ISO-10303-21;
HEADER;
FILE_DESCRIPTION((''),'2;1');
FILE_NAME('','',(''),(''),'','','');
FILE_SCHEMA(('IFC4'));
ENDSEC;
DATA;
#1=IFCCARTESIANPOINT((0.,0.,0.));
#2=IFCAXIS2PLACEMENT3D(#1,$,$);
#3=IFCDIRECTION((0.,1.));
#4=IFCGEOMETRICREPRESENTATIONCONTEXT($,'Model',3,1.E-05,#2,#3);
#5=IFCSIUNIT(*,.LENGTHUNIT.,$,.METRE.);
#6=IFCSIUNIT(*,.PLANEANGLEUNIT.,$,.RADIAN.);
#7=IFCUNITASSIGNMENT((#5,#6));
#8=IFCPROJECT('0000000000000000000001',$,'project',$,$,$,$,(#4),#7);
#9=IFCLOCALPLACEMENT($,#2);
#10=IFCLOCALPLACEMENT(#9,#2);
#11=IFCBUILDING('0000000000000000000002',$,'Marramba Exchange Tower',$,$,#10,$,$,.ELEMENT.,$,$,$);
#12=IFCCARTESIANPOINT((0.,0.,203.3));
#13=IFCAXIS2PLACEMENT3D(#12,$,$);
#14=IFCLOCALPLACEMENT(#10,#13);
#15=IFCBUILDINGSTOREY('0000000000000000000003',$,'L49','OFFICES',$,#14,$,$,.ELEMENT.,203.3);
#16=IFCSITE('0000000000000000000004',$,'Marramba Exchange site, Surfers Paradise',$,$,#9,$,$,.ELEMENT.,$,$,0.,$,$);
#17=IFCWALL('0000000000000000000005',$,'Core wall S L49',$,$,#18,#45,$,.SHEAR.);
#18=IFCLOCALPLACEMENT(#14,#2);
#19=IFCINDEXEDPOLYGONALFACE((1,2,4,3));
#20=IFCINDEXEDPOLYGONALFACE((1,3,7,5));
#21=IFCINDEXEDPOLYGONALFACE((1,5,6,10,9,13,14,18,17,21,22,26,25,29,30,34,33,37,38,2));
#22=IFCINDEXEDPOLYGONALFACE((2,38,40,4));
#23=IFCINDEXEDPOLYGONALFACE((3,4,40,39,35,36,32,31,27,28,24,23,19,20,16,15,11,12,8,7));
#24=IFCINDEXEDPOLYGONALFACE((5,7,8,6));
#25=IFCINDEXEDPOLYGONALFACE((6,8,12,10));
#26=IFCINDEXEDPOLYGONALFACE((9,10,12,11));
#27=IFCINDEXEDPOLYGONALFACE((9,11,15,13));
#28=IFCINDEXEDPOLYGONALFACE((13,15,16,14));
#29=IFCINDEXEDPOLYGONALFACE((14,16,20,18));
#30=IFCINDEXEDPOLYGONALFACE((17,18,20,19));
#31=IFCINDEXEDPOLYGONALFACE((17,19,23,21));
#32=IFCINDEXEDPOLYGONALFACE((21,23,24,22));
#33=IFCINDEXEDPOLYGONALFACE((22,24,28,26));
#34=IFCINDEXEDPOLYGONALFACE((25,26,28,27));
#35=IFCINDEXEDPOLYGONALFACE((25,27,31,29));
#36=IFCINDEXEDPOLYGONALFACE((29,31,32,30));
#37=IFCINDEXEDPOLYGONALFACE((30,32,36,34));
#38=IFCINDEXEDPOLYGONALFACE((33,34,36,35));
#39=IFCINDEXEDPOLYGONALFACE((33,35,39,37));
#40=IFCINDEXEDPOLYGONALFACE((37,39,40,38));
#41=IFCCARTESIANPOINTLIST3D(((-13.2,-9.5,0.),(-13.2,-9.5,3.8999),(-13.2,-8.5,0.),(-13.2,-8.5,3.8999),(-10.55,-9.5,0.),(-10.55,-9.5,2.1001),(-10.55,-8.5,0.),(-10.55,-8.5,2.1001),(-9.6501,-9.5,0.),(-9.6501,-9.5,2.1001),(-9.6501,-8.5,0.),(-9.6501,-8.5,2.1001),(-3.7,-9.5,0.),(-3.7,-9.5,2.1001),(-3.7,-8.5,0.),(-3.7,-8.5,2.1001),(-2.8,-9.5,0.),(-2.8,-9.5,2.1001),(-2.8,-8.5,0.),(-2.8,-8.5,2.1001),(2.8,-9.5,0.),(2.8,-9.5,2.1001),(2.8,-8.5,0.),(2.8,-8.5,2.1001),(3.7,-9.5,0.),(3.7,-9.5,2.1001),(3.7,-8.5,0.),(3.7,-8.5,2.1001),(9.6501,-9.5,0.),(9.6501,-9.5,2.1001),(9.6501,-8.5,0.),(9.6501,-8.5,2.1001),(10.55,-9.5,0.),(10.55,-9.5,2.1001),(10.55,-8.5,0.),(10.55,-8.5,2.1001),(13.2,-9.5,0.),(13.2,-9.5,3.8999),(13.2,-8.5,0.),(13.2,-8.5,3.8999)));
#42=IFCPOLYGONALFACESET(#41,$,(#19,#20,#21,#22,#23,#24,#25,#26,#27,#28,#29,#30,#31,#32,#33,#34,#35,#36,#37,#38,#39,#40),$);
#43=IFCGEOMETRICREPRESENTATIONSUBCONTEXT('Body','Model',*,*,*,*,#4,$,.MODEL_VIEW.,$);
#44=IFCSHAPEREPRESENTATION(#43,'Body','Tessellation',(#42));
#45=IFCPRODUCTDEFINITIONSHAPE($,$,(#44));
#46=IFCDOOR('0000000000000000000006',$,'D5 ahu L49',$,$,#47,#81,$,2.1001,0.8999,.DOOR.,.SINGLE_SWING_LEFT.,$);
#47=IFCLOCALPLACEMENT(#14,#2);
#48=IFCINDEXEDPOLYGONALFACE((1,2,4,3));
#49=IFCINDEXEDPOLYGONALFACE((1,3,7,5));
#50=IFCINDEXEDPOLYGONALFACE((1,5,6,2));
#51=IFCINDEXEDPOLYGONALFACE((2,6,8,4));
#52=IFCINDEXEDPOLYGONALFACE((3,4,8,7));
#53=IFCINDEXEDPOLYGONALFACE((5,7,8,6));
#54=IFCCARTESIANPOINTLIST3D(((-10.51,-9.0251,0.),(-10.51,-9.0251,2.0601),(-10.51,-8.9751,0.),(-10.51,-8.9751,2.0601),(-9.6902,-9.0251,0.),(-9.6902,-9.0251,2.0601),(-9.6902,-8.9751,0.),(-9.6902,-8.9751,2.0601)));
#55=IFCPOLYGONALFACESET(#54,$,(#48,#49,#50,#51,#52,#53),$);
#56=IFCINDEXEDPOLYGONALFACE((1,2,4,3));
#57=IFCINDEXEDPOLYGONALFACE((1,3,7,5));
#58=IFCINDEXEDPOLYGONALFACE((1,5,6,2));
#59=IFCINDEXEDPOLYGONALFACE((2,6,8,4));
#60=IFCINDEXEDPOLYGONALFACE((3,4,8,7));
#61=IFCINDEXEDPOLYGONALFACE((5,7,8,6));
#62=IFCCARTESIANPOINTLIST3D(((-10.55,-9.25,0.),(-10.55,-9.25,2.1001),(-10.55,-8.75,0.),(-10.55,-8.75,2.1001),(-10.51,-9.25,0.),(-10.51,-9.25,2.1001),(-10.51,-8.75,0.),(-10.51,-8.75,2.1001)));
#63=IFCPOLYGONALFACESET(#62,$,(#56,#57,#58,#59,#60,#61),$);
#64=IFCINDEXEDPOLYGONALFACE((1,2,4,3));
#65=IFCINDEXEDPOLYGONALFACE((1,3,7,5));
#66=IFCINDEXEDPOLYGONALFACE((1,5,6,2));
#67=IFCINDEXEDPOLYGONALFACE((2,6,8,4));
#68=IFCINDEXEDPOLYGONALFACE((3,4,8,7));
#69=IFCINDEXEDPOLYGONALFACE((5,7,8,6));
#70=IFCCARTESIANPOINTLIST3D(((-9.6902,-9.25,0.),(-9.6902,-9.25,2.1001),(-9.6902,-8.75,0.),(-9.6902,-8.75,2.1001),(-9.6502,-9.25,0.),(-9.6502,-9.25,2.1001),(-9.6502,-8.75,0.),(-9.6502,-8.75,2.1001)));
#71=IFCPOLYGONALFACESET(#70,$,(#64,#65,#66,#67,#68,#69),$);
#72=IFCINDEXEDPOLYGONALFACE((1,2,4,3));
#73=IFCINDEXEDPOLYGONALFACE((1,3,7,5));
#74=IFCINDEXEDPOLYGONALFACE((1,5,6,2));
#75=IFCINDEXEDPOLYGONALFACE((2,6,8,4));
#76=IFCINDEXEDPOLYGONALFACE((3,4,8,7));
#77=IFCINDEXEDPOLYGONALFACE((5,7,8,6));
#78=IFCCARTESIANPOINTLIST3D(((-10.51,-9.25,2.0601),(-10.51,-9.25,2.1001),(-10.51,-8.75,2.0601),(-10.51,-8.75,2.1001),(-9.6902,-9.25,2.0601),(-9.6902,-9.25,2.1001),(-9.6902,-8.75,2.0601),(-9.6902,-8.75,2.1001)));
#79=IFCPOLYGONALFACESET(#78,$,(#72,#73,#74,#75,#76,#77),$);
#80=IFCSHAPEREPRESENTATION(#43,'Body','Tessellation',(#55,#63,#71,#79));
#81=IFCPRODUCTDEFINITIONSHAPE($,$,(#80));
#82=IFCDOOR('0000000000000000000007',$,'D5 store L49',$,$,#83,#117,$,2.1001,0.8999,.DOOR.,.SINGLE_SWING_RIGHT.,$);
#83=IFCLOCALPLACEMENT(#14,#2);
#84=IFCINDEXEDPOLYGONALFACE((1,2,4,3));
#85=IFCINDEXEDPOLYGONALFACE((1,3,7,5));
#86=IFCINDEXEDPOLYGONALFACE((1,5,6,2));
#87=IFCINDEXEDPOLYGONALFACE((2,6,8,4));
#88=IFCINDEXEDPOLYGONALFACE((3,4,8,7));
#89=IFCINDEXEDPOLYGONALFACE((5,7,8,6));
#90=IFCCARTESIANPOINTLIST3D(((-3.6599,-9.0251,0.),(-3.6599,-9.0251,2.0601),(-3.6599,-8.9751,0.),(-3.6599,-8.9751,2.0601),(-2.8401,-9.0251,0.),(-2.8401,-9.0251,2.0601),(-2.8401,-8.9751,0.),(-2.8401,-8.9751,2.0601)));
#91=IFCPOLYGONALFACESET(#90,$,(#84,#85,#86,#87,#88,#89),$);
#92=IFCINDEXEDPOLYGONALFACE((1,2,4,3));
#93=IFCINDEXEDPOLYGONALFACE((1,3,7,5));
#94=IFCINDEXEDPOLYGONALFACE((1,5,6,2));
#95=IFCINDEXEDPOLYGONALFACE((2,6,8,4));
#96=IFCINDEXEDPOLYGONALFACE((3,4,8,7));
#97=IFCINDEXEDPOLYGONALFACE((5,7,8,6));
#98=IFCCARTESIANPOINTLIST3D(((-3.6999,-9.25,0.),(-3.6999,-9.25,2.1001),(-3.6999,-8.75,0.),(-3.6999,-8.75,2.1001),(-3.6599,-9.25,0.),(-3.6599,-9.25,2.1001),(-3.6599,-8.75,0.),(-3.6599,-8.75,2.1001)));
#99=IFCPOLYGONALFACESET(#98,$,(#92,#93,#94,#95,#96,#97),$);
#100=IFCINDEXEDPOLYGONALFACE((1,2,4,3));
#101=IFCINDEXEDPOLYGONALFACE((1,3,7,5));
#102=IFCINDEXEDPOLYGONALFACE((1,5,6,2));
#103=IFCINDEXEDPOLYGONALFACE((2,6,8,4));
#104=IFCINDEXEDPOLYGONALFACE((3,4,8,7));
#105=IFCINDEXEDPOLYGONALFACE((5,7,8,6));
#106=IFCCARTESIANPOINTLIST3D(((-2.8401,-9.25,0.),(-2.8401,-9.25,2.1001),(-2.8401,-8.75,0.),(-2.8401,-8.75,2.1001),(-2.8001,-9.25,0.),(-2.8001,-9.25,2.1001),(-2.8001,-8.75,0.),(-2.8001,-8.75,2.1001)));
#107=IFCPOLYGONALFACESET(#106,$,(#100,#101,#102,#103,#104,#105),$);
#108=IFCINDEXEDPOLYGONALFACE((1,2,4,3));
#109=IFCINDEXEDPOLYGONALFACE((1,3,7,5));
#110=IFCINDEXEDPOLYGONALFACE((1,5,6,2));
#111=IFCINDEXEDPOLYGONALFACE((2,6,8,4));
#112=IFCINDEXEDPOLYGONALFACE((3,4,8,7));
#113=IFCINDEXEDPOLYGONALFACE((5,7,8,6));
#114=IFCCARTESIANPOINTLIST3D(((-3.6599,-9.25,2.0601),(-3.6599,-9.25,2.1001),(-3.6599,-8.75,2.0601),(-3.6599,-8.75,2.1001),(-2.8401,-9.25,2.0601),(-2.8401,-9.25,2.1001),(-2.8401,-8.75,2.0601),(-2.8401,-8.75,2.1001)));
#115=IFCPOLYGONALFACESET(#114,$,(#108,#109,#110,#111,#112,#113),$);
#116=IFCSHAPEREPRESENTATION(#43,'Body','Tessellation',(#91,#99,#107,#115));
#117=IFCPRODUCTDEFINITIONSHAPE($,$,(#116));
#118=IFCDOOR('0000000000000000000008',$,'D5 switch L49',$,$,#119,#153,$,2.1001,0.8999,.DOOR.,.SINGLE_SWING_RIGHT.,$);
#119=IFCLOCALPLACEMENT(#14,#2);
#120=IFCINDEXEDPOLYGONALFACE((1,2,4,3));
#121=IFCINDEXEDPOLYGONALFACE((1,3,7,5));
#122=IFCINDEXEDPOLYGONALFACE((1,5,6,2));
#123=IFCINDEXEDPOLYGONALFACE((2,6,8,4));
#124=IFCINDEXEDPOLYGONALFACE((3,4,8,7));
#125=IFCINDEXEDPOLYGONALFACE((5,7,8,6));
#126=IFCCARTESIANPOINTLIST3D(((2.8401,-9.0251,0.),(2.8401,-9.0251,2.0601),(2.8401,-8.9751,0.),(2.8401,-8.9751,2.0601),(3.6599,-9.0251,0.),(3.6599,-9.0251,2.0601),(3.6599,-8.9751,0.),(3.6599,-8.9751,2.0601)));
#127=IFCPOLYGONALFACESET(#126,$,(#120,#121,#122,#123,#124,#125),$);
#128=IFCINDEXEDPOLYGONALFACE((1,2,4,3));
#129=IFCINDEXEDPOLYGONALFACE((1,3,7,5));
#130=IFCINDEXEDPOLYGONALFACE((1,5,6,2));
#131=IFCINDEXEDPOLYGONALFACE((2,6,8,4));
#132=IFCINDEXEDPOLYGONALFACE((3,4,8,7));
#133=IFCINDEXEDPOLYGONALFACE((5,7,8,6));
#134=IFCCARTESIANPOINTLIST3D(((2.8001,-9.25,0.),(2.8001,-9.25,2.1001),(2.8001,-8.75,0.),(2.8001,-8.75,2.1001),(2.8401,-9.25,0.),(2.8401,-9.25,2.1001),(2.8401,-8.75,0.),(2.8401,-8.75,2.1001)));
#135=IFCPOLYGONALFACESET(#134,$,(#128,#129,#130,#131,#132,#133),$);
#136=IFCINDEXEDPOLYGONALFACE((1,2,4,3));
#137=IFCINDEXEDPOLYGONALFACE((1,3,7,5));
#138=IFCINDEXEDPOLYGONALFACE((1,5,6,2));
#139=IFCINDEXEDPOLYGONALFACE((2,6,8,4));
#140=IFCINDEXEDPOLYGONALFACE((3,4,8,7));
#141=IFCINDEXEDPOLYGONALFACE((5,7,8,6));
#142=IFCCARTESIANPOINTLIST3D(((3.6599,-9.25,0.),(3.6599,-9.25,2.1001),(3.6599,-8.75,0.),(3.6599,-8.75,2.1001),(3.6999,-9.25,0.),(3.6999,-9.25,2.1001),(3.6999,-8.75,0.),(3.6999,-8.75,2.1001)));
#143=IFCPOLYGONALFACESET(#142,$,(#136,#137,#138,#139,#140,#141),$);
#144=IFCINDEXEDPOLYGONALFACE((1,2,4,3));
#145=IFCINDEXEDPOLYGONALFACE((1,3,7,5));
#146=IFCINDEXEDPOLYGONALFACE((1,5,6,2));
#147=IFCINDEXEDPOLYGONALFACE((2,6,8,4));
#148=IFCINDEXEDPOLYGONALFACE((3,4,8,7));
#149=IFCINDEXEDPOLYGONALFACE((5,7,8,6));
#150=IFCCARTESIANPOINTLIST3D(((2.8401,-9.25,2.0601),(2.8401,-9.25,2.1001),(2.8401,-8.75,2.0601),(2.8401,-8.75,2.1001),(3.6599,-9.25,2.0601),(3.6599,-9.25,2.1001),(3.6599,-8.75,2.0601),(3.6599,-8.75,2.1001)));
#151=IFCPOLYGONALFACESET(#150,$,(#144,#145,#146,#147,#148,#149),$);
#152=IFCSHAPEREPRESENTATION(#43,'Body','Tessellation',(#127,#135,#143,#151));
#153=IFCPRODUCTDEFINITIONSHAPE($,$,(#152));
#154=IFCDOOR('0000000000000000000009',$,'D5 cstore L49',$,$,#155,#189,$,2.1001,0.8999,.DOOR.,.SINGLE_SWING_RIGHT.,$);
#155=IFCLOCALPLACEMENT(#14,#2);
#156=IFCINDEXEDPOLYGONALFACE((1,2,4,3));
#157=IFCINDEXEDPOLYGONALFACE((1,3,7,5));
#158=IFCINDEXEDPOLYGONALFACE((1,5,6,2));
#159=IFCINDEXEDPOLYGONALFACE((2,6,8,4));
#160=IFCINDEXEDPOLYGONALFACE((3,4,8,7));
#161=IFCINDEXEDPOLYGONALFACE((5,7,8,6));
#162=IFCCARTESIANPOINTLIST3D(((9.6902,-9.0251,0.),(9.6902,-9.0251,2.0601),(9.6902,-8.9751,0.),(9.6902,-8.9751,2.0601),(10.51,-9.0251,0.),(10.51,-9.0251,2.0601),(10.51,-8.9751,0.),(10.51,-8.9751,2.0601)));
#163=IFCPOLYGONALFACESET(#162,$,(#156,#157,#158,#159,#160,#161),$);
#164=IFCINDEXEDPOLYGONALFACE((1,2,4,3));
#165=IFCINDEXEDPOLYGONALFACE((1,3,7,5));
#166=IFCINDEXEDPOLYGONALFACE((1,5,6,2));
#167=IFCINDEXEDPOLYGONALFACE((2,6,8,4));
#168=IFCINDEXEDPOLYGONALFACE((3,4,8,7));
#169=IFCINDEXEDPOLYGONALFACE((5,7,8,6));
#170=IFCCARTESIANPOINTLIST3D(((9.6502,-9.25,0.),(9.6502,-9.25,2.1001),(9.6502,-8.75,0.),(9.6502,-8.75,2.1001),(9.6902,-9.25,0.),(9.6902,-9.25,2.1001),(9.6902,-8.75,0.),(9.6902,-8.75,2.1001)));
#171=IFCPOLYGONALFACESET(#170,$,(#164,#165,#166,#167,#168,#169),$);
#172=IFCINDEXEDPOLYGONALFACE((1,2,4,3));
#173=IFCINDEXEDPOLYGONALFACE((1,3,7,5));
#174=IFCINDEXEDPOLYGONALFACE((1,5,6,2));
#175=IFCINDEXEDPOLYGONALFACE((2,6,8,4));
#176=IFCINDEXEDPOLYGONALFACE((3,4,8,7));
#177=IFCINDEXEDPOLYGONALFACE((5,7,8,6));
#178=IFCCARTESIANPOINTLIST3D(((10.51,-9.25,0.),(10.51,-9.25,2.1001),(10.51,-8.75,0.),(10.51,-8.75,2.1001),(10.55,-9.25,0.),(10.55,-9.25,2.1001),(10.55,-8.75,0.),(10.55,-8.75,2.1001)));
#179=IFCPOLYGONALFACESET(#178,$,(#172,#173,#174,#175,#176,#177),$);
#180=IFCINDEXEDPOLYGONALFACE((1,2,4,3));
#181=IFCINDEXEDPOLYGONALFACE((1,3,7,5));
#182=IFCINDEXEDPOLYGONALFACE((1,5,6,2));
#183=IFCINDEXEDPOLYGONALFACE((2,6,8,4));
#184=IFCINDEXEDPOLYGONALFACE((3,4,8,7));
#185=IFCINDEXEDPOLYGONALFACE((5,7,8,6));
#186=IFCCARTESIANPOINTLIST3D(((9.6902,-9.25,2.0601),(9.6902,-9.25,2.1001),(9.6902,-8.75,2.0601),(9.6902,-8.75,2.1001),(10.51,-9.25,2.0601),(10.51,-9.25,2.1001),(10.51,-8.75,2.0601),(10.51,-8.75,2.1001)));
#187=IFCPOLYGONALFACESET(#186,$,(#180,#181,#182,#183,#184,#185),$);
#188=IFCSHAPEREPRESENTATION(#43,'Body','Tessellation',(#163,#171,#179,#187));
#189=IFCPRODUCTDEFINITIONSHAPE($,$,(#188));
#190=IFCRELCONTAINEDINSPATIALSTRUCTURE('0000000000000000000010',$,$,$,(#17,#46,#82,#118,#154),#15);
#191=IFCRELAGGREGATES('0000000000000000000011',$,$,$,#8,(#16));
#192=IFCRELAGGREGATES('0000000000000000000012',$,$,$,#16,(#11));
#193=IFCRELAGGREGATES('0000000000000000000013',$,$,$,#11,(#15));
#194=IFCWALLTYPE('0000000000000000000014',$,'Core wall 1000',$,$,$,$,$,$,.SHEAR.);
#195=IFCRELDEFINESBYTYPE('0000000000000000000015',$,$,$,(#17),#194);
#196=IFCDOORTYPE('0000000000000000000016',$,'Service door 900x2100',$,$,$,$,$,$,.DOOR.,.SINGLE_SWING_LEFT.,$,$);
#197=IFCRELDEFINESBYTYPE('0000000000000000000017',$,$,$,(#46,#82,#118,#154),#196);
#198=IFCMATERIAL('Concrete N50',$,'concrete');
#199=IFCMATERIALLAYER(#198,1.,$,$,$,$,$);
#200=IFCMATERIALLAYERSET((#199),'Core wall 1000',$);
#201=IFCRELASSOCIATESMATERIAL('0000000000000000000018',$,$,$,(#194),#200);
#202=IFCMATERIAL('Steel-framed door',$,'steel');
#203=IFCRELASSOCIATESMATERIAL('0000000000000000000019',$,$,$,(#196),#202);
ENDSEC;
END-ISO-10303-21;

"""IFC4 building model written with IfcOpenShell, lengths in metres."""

from ifc_helpers import new_model, si_unit, direction, frame, frame_2d, origin, place, context, subcontext, project, spatial, rectangle, extrude, material, layer, layer_set, type_object, element, fill, save


model = new_model("IFC4")

# Units and contexts
model_context = context("Model", 3, precision=1e-05, world=origin(), true_north=direction((0.0, 1.0)))
body_context = subcontext(model_context, "Body", "Model", "MODEL_VIEW")
ifc_project = project(units=[si_unit("LENGTHUNIT", "METRE"), si_unit("PLANEANGLEUNIT", "RADIAN")], contexts=[model_context])

# Site, building, storey
site_placement = place(None, origin())
site = spatial("IfcSite", under=ifc_project, at=site_placement, Name="Marramba Exchange site, Surfers Paradise", CompositionType="ELEMENT", RefElevation=0.0)
building_placement = place(site_placement, origin())
building = spatial("IfcBuilding", under=site, at=building_placement, Name="Marramba Exchange Tower", CompositionType="ELEMENT")
storey_placement = place(building_placement, frame((0.0, 0.0, 203.3)))
storey = spatial("IfcBuildingStorey", under=building, at=storey_placement, Name="L49", Description="OFFICES", CompositionType="ELEMENT", Elevation=203.3)

# Shared definitions
ifc_material_1 = material(Name="Concrete N50", Category="concrete")

# Wall, openings, doors
ifc_layer_1 = layer(ifc_material_1, 1.0)
ifc_layer_set_1 = layer_set([ifc_layer_1], Name="Core wall 1000")
wall_type_1 = type_object("IfcWallType", Name="Core wall 1000", PredefinedType="SHEAR", material=ifc_layer_set_1)
wall_1_placement = place(storey_placement, frame((-13.2, -9.0, 0.0), z_axis=(0.0, 0.0, 1.0), x_axis=(1.0, 0.0, 0.0)))
wall_1 = element("IfcWall", 1, at=wall_1_placement, inside=storey, type_object=wall_type_1, Name="Core wall S L49", PredefinedType="SHEAR", context=body_context, shape_type="SweptSolid", body=[
    extrude(rectangle(XDim=26.3999, YDim=1.0, at=frame_2d((13.2, 0.0))), origin(), (0.0, 0.0, 1.0), 3.8999),
])
opening_1_placement = place(wall_1_placement, frame((2.6499, 0.0, 0.0)))
opening_1 = element("IfcOpeningElement", 2, at=opening_1_placement, cuts=wall_1, PredefinedType="OPENING", context=body_context, shape_type="SweptSolid", body=[
    extrude(rectangle(XDim=0.8999, YDim=2.1001, at=frame_2d((0.45, 1.05))), frame((0.0, 0.51, 0.0), z_axis=(0.0, -1.0, 0.0), x_axis=(1.0, 0.0, 0.0)), (0.0, 0.0, 1.0), 1.02),
])
opening_2_placement = place(wall_1_placement, frame((9.5, 0.0, 0.0)))
opening_2 = element("IfcOpeningElement", 3, at=opening_2_placement, cuts=wall_1, PredefinedType="OPENING", context=body_context, shape_type="SweptSolid", body=[
    extrude(rectangle(XDim=0.8999, YDim=2.1001, at=frame_2d((0.45, 1.05))), frame((0.0, 0.51, 0.0), z_axis=(0.0, -1.0, 0.0), x_axis=(1.0, 0.0, 0.0)), (0.0, 0.0, 1.0), 1.02),
])
opening_3_placement = place(wall_1_placement, frame((16.0, 0.0, 0.0)))
opening_3 = element("IfcOpeningElement", 4, at=opening_3_placement, cuts=wall_1, PredefinedType="OPENING", context=body_context, shape_type="SweptSolid", body=[
    extrude(rectangle(XDim=0.8999, YDim=2.1001, at=frame_2d((0.45, 1.05))), frame((0.0, 0.51, 0.0), z_axis=(0.0, -1.0, 0.0), x_axis=(1.0, 0.0, 0.0)), (0.0, 0.0, 1.0), 1.02),
])
opening_4_placement = place(wall_1_placement, frame((22.8501, 0.0, 0.0)))
opening_4 = element("IfcOpeningElement", 5, at=opening_4_placement, cuts=wall_1, PredefinedType="OPENING", context=body_context, shape_type="SweptSolid", body=[
    extrude(rectangle(XDim=0.8999, YDim=2.1001, at=frame_2d((0.45, 1.05))), frame((0.0, 0.51, 0.0), z_axis=(0.0, -1.0, 0.0), x_axis=(1.0, 0.0, 0.0)), (0.0, 0.0, 1.0), 1.02),
])
ifc_material_2 = material(Name="Steel-framed door", Category="steel")
door_type = type_object("IfcDoorType", Name="Service door 900x2100", OperationType="SINGLE_SWING_LEFT", PredefinedType="DOOR", material=ifc_material_2)
door_1_placement = place(opening_1_placement, origin())
door_1 = element("IfcDoor", 6, at=door_1_placement, inside=storey, type_object=door_type, Name="D5 ahu L49", OperationType="SINGLE_SWING_LEFT", OverallHeight=2.1001, OverallWidth=0.8999, PredefinedType="DOOR", context=body_context, shape_type="SweptSolid", body=[
    extrude(rectangle(XDim=0.8198, YDim=2.0601, at=frame_2d((0.45, 1.03))), frame((0.0, 0.0249, 0.0), z_axis=(0.0, -1.0, 0.0), x_axis=(1.0, 0.0, 0.0)), (0.0, 0.0, 1.0), 0.05),
    extrude(rectangle(XDim=0.04, YDim=2.1001, at=frame_2d((0.02, 1.05))), frame((0.0, 0.25, 0.0), z_axis=(0.0, -1.0, 0.0), x_axis=(1.0, 0.0, 0.0)), (0.0, 0.0, 1.0), 0.5),
    extrude(rectangle(XDim=0.04, YDim=2.1001, at=frame_2d((0.8799, 1.05))), frame((0.0, 0.25, 0.0), z_axis=(0.0, -1.0, 0.0), x_axis=(1.0, 0.0, 0.0)), (0.0, 0.0, 1.0), 0.5),
    extrude(rectangle(XDim=0.8198, YDim=0.04, at=frame_2d((0.45, 2.0801))), frame((0.0, 0.25, 0.0), z_axis=(0.0, -1.0, 0.0), x_axis=(1.0, 0.0, 0.0)), (0.0, 0.0, 1.0), 0.5),
])
fill(opening_1, door_1)
door_2_placement = place(opening_2_placement, origin())
door_2 = element("IfcDoor", 7, at=door_2_placement, inside=storey, type_object=door_type, Name="D5 store L49", OperationType="SINGLE_SWING_RIGHT", OverallHeight=2.1001, OverallWidth=0.8999, PredefinedType="DOOR", context=body_context, shape_type="SweptSolid", body=[
    extrude(rectangle(XDim=0.8198, YDim=2.0601, at=frame_2d((0.45, 1.03))), frame((0.0, 0.0249, 0.0), z_axis=(0.0, -1.0, 0.0), x_axis=(1.0, 0.0, 0.0)), (0.0, 0.0, 1.0), 0.05),
    extrude(rectangle(XDim=0.04, YDim=2.1001, at=frame_2d((0.02, 1.05))), frame((0.0, 0.25, 0.0), z_axis=(0.0, -1.0, 0.0), x_axis=(1.0, 0.0, 0.0)), (0.0, 0.0, 1.0), 0.5),
    extrude(rectangle(XDim=0.04, YDim=2.1001, at=frame_2d((0.8799, 1.05))), frame((0.0, 0.25, 0.0), z_axis=(0.0, -1.0, 0.0), x_axis=(1.0, 0.0, 0.0)), (0.0, 0.0, 1.0), 0.5),
    extrude(rectangle(XDim=0.8198, YDim=0.04, at=frame_2d((0.45, 2.0801))), frame((0.0, 0.25, 0.0), z_axis=(0.0, -1.0, 0.0), x_axis=(1.0, 0.0, 0.0)), (0.0, 0.0, 1.0), 0.5),
])
fill(opening_2, door_2)
door_3_placement = place(opening_3_placement, origin())
door_3 = element("IfcDoor", 8, at=door_3_placement, inside=storey, type_object=door_type, Name="D5 switch L49", OperationType="SINGLE_SWING_RIGHT", OverallHeight=2.1001, OverallWidth=0.8999, PredefinedType="DOOR", context=body_context, shape_type="SweptSolid", body=[
    extrude(rectangle(XDim=0.8198, YDim=2.0601, at=frame_2d((0.45, 1.03))), frame((0.0, 0.0249, 0.0), z_axis=(0.0, -1.0, 0.0), x_axis=(1.0, 0.0, 0.0)), (0.0, 0.0, 1.0), 0.05),
    extrude(rectangle(XDim=0.04, YDim=2.1001, at=frame_2d((0.02, 1.05))), frame((0.0, 0.25, 0.0), z_axis=(0.0, -1.0, 0.0), x_axis=(1.0, 0.0, 0.0)), (0.0, 0.0, 1.0), 0.5),
    extrude(rectangle(XDim=0.04, YDim=2.1001, at=frame_2d((0.8799, 1.05))), frame((0.0, 0.25, 0.0), z_axis=(0.0, -1.0, 0.0), x_axis=(1.0, 0.0, 0.0)), (0.0, 0.0, 1.0), 0.5),
    extrude(rectangle(XDim=0.8198, YDim=0.04, at=frame_2d((0.45, 2.0801))), frame((0.0, 0.25, 0.0), z_axis=(0.0, -1.0, 0.0), x_axis=(1.0, 0.0, 0.0)), (0.0, 0.0, 1.0), 0.5),
])
fill(opening_3, door_3)
door_4_placement = place(opening_4_placement, origin())
door_4 = element("IfcDoor", 9, at=door_4_placement, inside=storey, type_object=door_type, Name="D5 cstore L49", OperationType="SINGLE_SWING_RIGHT", OverallHeight=2.1001, OverallWidth=0.8999, PredefinedType="DOOR", context=body_context, shape_type="SweptSolid", body=[
    extrude(rectangle(XDim=0.8198, YDim=2.0601, at=frame_2d((0.45, 1.03))), frame((0.0, 0.0249, 0.0), z_axis=(0.0, -1.0, 0.0), x_axis=(1.0, 0.0, 0.0)), (0.0, 0.0, 1.0), 0.05),
    extrude(rectangle(XDim=0.04, YDim=2.1001, at=frame_2d((0.02, 1.05))), frame((0.0, 0.25, 0.0), z_axis=(0.0, -1.0, 0.0), x_axis=(1.0, 0.0, 0.0)), (0.0, 0.0, 1.0), 0.5),
    extrude(rectangle(XDim=0.04, YDim=2.1001, at=frame_2d((0.8799, 1.05))), frame((0.0, 0.25, 0.0), z_axis=(0.0, -1.0, 0.0), x_axis=(1.0, 0.0, 0.0)), (0.0, 0.0, 1.0), 0.5),
    extrude(rectangle(XDim=0.8198, YDim=0.04, at=frame_2d((0.45, 2.0801))), frame((0.0, 0.25, 0.0), z_axis=(0.0, -1.0, 0.0), x_axis=(1.0, 0.0, 0.0)), (0.0, 0.0, 1.0), 0.5),
])
fill(opening_4, door_4)

save(model, "model.ifc")
